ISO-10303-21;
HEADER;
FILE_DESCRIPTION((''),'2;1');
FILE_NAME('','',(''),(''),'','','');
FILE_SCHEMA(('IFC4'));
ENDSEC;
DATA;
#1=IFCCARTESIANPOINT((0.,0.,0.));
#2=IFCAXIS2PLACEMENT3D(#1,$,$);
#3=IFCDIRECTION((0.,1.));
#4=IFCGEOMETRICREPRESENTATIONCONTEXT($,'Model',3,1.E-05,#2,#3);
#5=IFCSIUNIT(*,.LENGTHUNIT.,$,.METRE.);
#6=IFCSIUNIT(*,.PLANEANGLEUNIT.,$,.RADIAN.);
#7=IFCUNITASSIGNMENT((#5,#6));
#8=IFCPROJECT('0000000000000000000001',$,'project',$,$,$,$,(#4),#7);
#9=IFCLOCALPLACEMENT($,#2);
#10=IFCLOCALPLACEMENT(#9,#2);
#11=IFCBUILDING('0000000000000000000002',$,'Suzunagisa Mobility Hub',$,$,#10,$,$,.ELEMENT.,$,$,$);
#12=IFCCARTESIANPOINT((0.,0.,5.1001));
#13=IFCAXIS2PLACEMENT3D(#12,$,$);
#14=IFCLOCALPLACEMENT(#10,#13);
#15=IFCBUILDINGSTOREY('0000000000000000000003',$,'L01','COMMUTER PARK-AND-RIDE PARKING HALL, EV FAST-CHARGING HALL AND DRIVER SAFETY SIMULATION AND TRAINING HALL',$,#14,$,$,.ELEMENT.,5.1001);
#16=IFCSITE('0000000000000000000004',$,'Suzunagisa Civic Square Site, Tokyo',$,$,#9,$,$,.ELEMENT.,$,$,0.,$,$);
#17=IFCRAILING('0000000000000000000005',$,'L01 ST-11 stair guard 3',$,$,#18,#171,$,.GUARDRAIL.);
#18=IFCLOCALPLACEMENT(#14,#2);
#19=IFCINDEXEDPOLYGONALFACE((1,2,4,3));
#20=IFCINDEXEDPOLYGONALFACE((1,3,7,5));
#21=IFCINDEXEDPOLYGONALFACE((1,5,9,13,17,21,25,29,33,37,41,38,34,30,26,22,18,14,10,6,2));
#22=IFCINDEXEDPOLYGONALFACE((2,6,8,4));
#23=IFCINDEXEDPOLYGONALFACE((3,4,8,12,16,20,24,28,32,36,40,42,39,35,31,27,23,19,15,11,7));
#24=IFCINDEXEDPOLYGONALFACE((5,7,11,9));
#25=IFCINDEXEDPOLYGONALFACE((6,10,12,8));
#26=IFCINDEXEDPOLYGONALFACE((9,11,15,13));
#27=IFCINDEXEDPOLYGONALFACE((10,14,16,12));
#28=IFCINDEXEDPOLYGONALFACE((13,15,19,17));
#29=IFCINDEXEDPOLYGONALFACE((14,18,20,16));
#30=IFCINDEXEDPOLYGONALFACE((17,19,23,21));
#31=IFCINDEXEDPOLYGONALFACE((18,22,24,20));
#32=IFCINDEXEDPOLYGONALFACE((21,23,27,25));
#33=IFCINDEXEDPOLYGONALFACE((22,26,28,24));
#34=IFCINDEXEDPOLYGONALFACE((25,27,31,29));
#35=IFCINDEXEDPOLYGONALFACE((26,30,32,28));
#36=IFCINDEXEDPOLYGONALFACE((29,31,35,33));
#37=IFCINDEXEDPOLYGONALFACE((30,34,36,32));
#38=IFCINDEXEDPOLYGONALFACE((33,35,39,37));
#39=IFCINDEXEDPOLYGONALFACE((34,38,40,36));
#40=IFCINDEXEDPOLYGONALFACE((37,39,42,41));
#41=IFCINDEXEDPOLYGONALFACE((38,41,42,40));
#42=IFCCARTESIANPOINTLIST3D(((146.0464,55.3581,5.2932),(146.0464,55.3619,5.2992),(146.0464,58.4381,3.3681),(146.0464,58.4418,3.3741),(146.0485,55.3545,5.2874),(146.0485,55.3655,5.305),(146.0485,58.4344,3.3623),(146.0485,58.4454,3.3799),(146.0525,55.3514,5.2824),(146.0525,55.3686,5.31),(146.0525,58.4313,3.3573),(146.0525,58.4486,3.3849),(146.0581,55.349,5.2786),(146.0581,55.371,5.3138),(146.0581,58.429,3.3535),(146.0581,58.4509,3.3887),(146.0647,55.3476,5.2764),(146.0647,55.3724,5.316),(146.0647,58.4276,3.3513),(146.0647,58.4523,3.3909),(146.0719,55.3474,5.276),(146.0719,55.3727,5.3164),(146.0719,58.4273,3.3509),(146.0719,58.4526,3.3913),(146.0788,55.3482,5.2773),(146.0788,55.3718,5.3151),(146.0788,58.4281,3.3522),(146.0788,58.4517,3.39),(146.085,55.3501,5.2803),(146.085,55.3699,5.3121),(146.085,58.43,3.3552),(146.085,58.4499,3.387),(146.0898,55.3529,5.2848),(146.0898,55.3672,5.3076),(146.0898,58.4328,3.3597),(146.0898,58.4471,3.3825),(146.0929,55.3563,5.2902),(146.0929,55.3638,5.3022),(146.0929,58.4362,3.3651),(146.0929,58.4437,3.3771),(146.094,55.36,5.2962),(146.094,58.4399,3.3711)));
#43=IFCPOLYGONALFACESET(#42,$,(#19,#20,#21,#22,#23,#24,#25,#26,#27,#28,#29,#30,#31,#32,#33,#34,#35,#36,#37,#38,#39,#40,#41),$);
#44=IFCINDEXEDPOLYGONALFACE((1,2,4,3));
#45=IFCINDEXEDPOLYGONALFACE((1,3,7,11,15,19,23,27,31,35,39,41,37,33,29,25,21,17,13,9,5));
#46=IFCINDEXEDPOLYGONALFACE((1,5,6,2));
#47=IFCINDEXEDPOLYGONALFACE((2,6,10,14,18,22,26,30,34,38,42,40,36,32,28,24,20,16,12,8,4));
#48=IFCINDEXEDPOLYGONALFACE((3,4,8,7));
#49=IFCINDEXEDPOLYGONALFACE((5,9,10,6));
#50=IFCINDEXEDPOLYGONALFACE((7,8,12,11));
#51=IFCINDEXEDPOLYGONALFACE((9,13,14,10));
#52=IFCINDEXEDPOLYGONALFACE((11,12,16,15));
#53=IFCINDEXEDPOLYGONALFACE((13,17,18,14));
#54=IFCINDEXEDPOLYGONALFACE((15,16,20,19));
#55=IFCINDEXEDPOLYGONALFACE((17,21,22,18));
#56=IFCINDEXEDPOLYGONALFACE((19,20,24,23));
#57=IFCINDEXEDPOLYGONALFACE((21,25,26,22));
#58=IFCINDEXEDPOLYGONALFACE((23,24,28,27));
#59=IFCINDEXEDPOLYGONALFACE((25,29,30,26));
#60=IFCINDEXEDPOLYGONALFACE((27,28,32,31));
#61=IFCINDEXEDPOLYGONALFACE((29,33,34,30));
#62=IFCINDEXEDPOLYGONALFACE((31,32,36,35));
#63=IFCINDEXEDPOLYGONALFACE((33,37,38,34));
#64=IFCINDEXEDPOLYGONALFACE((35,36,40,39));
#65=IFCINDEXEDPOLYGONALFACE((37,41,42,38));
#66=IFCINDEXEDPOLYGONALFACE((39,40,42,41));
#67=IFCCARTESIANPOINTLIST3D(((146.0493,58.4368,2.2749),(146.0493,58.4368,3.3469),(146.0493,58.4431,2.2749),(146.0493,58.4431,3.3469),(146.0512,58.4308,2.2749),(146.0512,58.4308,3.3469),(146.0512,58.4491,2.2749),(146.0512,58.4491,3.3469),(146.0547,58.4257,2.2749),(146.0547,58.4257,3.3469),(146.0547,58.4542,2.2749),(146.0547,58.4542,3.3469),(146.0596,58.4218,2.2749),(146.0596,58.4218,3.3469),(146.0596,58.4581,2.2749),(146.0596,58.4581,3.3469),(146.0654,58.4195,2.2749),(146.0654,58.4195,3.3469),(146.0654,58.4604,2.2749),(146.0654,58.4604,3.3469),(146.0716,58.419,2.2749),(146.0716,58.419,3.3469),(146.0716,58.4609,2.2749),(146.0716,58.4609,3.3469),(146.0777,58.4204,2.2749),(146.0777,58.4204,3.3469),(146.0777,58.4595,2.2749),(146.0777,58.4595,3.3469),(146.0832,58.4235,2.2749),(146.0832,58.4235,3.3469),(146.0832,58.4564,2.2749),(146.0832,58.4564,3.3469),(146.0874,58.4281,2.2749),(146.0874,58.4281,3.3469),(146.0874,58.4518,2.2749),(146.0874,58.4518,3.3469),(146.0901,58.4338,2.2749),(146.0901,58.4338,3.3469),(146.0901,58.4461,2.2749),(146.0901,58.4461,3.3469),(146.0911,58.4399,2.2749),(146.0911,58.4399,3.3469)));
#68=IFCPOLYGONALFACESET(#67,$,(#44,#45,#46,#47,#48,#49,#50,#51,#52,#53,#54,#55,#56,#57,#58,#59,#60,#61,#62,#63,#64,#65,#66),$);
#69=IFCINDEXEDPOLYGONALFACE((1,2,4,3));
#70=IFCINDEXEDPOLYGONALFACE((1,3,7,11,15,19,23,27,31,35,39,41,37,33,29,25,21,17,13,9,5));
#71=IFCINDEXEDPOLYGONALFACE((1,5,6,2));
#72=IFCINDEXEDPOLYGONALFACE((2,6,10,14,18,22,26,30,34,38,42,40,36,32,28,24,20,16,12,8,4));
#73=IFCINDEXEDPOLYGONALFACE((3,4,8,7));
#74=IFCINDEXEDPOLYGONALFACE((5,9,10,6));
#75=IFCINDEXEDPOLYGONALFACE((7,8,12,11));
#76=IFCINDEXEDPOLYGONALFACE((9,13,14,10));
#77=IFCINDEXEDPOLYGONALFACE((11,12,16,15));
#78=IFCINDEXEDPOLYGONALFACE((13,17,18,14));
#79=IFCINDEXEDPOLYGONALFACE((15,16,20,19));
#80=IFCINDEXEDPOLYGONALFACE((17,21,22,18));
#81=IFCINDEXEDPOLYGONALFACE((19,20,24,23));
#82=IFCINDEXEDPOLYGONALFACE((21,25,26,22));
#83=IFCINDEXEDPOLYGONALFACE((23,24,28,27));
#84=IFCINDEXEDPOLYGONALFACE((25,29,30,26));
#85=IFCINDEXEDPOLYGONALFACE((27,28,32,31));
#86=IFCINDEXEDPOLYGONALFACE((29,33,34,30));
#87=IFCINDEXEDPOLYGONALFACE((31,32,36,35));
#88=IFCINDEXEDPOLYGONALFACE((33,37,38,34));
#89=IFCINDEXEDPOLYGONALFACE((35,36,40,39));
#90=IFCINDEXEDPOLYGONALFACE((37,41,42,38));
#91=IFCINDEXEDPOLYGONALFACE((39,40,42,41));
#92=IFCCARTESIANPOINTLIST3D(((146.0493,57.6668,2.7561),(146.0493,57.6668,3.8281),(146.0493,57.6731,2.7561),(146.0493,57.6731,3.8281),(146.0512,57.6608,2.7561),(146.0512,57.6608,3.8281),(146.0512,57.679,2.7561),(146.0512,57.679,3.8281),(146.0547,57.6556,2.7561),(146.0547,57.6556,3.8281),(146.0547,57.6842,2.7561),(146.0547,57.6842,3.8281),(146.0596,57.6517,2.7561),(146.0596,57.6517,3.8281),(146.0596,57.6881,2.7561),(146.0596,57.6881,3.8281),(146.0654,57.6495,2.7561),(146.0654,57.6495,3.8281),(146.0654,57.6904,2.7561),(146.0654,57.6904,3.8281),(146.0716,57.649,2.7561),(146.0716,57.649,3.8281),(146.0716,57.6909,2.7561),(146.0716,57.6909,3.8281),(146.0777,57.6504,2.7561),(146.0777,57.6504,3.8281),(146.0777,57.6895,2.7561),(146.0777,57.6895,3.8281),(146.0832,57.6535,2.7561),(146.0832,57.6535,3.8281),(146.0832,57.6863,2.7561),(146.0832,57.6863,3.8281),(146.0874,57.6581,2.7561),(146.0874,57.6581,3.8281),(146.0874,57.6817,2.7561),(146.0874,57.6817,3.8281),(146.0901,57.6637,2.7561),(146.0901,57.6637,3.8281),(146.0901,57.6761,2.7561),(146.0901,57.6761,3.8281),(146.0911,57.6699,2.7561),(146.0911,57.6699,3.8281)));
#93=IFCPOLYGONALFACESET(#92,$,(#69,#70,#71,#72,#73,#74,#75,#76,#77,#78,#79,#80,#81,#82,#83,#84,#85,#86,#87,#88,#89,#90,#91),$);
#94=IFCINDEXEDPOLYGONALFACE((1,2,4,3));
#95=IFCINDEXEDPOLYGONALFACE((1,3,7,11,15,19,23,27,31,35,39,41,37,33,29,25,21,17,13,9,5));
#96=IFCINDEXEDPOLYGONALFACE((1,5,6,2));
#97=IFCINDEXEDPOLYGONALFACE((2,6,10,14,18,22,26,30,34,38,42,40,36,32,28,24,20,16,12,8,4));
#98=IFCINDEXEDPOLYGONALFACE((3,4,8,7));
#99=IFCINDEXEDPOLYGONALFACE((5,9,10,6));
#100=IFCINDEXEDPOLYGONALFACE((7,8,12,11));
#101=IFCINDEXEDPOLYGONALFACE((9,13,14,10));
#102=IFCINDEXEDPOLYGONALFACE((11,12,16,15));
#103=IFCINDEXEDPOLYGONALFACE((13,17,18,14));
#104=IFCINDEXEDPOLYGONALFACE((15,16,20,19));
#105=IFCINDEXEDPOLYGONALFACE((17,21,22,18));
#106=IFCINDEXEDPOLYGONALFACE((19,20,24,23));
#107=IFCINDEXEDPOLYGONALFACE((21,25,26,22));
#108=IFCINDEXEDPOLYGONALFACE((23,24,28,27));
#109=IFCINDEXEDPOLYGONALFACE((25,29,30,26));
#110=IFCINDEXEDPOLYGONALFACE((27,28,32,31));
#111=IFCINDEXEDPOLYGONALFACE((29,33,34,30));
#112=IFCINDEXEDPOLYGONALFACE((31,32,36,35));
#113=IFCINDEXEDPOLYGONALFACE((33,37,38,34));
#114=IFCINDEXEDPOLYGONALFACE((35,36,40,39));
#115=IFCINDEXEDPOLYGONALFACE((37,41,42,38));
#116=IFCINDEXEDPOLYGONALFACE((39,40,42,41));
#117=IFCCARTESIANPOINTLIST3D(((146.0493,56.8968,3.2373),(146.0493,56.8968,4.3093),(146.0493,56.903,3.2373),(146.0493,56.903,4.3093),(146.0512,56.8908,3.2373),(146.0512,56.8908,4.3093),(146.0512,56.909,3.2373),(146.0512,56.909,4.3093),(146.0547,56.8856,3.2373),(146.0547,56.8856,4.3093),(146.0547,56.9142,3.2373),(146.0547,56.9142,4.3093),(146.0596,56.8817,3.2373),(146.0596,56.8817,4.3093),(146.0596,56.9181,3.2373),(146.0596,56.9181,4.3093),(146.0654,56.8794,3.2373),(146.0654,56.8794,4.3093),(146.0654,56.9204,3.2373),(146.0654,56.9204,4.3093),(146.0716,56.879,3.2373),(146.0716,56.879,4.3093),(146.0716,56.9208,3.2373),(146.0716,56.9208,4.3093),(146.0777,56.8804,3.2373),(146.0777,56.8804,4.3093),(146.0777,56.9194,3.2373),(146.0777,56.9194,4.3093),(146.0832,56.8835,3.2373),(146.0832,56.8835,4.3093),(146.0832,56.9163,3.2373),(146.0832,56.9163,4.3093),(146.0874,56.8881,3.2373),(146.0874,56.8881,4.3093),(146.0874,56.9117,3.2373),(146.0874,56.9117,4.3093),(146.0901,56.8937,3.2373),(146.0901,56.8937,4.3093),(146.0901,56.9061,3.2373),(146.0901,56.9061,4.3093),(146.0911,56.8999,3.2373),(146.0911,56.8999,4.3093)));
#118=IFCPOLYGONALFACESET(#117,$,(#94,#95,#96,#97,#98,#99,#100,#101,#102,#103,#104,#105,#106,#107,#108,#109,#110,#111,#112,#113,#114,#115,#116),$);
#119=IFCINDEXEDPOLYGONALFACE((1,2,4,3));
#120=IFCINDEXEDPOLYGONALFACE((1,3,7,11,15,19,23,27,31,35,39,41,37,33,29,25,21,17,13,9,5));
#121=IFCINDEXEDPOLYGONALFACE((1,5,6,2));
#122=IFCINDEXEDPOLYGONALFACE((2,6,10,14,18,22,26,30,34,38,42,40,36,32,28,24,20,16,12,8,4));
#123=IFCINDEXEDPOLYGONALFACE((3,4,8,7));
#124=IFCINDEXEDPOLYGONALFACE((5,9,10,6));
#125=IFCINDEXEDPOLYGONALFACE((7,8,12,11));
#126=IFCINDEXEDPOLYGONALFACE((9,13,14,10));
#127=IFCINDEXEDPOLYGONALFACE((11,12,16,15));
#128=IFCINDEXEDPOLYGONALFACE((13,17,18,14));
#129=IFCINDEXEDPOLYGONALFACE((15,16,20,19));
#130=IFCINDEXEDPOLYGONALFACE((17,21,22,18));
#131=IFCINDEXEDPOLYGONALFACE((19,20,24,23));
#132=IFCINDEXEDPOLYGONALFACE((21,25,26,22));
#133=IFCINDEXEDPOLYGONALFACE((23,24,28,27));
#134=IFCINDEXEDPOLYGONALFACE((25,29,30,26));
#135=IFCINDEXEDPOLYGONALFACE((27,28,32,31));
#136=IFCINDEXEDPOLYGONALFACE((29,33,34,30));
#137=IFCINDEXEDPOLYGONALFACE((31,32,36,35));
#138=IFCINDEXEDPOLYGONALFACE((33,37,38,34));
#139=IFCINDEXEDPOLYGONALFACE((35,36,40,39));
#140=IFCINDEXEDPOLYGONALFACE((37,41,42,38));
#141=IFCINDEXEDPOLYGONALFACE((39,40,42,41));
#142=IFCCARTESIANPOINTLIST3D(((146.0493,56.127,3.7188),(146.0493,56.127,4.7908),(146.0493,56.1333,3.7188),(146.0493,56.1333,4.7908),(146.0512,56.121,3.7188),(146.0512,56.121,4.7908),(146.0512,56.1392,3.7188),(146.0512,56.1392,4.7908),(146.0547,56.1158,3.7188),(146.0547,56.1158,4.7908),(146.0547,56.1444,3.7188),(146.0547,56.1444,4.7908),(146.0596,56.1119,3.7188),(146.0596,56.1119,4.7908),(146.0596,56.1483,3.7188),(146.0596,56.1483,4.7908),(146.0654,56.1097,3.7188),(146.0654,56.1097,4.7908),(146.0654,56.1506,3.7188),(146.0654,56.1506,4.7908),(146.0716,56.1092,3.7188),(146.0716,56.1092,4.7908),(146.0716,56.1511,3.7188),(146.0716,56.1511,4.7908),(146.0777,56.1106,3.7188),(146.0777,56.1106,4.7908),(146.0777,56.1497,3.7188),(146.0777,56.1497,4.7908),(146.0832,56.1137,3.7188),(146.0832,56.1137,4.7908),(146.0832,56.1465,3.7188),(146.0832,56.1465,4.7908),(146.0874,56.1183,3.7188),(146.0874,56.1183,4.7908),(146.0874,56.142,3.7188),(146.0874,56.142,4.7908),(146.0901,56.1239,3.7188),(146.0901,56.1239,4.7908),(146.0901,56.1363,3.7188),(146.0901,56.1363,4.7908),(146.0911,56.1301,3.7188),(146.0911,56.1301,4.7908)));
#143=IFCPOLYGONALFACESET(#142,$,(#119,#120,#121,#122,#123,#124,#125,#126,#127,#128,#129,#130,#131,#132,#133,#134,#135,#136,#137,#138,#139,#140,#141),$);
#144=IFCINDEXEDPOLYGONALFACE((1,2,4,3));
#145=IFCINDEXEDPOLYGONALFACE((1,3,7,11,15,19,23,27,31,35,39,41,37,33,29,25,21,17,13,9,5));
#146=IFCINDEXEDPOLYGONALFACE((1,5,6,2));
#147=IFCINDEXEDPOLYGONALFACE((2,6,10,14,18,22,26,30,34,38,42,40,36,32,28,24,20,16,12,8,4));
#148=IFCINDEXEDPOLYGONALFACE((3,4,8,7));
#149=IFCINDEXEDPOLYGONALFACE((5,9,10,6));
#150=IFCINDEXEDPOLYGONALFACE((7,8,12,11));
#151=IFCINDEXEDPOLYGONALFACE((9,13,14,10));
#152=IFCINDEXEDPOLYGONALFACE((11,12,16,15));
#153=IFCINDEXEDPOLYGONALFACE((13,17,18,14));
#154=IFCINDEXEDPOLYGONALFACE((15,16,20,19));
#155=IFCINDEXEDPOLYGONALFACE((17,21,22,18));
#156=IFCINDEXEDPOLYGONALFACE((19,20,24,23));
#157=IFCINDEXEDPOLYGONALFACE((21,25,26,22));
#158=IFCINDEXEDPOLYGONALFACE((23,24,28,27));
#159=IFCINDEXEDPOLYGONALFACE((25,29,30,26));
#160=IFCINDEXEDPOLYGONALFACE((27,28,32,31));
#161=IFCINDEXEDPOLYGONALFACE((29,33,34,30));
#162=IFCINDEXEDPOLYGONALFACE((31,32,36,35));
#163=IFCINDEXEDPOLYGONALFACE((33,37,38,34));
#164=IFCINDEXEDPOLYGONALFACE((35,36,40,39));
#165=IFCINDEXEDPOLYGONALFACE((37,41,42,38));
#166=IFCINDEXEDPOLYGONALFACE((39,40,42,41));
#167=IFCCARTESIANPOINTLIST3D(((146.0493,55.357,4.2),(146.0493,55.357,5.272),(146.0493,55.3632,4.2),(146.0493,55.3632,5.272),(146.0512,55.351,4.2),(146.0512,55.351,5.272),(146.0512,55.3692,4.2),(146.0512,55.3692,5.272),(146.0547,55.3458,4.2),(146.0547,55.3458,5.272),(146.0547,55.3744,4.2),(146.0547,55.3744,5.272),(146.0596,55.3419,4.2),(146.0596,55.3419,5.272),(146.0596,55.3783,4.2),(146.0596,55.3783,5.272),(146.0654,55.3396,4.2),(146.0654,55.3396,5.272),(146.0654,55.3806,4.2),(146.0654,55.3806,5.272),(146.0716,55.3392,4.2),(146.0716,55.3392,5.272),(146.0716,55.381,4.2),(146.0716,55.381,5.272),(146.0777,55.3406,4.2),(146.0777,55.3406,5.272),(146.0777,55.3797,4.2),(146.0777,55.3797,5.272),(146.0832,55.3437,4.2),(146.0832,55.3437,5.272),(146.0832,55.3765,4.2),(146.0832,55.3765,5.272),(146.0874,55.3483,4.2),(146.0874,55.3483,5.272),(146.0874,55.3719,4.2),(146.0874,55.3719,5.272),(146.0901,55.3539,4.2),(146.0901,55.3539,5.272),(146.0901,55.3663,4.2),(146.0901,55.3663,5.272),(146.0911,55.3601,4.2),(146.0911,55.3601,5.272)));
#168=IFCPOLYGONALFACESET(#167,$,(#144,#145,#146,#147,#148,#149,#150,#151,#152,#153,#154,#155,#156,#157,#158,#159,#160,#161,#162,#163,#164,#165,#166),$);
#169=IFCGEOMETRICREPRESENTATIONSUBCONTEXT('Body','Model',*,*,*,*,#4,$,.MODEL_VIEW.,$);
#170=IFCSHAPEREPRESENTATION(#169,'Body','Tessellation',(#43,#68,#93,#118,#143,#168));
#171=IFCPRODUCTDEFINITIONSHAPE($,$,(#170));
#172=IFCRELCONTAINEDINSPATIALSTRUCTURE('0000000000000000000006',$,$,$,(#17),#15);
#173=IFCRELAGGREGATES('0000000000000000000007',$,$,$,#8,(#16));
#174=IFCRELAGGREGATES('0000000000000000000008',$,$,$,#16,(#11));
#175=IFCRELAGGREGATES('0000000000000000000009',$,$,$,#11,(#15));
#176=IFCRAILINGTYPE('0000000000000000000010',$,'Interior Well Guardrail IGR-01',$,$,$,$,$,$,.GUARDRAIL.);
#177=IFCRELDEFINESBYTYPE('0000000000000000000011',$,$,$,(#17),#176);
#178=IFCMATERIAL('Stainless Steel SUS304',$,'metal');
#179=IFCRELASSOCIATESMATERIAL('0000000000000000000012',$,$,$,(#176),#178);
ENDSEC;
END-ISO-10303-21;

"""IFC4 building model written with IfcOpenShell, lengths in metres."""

from ifc_helpers import new_model, si_unit, direction, frame, origin, origin_2d, place, context, subcontext, project, spatial, circle, extrude, material, type_object, element, save


model = new_model("IFC4")

# Units and contexts
model_context = context("Model", 3, precision=1e-05, world=origin(), true_north=direction((0.0, 1.0)))
body_context = subcontext(model_context, "Body", "Model", "MODEL_VIEW")
ifc_project = project(units=[si_unit("LENGTHUNIT", "METRE"), si_unit("PLANEANGLEUNIT", "RADIAN")], contexts=[model_context])

# Site, building, storey
site_placement = place(None, origin())
site = spatial("IfcSite", under=ifc_project, at=site_placement, Name="Suzunagisa Civic Square Site, Tokyo", CompositionType="ELEMENT", RefElevation=0.0)
building_placement = place(site_placement, origin())
building = spatial("IfcBuilding", under=site, at=building_placement, Name="Suzunagisa Mobility Hub", CompositionType="ELEMENT")
storey_placement = place(building_placement, frame((0.0, 0.0, 5.1001)))
storey = spatial("IfcBuildingStorey", under=building, at=storey_placement, Name="L01", Description="COMMUTER PARK-AND-RIDE PARKING HALL, EV FAST-CHARGING HALL AND DRIVER SAFETY SIMULATION AND TRAINING HALL", CompositionType="ELEMENT", Elevation=5.1001)

# Railing
ifc_material_1 = material(Name="Stainless Steel SUS304", Category="metal")
railing_type_1 = type_object("IfcRailingType", Name="Interior Well Guardrail IGR-01", PredefinedType="GUARDRAIL", material=ifc_material_1)
railing_1_placement = place(storey_placement, frame((146.0701, 58.4399, 2.2749)))
element("IfcRailing", 1, at=railing_1_placement, inside=storey, type_object=railing_type_1, Name="L01 ST-11 stair guard 3", PredefinedType="GUARDRAIL", context=body_context, shape_type="SweptSolid", body=[
    extrude(circle(Radius=0.0239, at=origin_2d()), frame((0.0, 0.0, 1.0962), z_axis=(0.0, -0.847979, 0.530029), x_axis=(1.0, 0.0, 0.0)), (0.0, 0.0, 1.0), 3.6321),
    extrude(circle(Radius=0.021, at=origin_2d()), origin(), (0.0, 0.0, 1.0), 1.072),
    extrude(circle(Radius=0.021, at=origin_2d()), frame((0.0, -0.77, 0.4812)), (0.0, 0.0, 1.0), 1.072),
    extrude(circle(Radius=0.021, at=origin_2d()), frame((0.0, -1.54, 0.9624)), (0.0, 0.0, 1.0), 1.072),
    extrude(circle(Radius=0.021, at=origin_2d()), frame((0.0, -2.3098, 1.4438)), (0.0, 0.0, 1.0), 1.072),
    extrude(circle(Radius=0.021, at=origin_2d()), frame((0.0, -3.0798, 1.925)), (0.0, 0.0, 1.0), 1.072),
])

save(model, "model.ifc")
